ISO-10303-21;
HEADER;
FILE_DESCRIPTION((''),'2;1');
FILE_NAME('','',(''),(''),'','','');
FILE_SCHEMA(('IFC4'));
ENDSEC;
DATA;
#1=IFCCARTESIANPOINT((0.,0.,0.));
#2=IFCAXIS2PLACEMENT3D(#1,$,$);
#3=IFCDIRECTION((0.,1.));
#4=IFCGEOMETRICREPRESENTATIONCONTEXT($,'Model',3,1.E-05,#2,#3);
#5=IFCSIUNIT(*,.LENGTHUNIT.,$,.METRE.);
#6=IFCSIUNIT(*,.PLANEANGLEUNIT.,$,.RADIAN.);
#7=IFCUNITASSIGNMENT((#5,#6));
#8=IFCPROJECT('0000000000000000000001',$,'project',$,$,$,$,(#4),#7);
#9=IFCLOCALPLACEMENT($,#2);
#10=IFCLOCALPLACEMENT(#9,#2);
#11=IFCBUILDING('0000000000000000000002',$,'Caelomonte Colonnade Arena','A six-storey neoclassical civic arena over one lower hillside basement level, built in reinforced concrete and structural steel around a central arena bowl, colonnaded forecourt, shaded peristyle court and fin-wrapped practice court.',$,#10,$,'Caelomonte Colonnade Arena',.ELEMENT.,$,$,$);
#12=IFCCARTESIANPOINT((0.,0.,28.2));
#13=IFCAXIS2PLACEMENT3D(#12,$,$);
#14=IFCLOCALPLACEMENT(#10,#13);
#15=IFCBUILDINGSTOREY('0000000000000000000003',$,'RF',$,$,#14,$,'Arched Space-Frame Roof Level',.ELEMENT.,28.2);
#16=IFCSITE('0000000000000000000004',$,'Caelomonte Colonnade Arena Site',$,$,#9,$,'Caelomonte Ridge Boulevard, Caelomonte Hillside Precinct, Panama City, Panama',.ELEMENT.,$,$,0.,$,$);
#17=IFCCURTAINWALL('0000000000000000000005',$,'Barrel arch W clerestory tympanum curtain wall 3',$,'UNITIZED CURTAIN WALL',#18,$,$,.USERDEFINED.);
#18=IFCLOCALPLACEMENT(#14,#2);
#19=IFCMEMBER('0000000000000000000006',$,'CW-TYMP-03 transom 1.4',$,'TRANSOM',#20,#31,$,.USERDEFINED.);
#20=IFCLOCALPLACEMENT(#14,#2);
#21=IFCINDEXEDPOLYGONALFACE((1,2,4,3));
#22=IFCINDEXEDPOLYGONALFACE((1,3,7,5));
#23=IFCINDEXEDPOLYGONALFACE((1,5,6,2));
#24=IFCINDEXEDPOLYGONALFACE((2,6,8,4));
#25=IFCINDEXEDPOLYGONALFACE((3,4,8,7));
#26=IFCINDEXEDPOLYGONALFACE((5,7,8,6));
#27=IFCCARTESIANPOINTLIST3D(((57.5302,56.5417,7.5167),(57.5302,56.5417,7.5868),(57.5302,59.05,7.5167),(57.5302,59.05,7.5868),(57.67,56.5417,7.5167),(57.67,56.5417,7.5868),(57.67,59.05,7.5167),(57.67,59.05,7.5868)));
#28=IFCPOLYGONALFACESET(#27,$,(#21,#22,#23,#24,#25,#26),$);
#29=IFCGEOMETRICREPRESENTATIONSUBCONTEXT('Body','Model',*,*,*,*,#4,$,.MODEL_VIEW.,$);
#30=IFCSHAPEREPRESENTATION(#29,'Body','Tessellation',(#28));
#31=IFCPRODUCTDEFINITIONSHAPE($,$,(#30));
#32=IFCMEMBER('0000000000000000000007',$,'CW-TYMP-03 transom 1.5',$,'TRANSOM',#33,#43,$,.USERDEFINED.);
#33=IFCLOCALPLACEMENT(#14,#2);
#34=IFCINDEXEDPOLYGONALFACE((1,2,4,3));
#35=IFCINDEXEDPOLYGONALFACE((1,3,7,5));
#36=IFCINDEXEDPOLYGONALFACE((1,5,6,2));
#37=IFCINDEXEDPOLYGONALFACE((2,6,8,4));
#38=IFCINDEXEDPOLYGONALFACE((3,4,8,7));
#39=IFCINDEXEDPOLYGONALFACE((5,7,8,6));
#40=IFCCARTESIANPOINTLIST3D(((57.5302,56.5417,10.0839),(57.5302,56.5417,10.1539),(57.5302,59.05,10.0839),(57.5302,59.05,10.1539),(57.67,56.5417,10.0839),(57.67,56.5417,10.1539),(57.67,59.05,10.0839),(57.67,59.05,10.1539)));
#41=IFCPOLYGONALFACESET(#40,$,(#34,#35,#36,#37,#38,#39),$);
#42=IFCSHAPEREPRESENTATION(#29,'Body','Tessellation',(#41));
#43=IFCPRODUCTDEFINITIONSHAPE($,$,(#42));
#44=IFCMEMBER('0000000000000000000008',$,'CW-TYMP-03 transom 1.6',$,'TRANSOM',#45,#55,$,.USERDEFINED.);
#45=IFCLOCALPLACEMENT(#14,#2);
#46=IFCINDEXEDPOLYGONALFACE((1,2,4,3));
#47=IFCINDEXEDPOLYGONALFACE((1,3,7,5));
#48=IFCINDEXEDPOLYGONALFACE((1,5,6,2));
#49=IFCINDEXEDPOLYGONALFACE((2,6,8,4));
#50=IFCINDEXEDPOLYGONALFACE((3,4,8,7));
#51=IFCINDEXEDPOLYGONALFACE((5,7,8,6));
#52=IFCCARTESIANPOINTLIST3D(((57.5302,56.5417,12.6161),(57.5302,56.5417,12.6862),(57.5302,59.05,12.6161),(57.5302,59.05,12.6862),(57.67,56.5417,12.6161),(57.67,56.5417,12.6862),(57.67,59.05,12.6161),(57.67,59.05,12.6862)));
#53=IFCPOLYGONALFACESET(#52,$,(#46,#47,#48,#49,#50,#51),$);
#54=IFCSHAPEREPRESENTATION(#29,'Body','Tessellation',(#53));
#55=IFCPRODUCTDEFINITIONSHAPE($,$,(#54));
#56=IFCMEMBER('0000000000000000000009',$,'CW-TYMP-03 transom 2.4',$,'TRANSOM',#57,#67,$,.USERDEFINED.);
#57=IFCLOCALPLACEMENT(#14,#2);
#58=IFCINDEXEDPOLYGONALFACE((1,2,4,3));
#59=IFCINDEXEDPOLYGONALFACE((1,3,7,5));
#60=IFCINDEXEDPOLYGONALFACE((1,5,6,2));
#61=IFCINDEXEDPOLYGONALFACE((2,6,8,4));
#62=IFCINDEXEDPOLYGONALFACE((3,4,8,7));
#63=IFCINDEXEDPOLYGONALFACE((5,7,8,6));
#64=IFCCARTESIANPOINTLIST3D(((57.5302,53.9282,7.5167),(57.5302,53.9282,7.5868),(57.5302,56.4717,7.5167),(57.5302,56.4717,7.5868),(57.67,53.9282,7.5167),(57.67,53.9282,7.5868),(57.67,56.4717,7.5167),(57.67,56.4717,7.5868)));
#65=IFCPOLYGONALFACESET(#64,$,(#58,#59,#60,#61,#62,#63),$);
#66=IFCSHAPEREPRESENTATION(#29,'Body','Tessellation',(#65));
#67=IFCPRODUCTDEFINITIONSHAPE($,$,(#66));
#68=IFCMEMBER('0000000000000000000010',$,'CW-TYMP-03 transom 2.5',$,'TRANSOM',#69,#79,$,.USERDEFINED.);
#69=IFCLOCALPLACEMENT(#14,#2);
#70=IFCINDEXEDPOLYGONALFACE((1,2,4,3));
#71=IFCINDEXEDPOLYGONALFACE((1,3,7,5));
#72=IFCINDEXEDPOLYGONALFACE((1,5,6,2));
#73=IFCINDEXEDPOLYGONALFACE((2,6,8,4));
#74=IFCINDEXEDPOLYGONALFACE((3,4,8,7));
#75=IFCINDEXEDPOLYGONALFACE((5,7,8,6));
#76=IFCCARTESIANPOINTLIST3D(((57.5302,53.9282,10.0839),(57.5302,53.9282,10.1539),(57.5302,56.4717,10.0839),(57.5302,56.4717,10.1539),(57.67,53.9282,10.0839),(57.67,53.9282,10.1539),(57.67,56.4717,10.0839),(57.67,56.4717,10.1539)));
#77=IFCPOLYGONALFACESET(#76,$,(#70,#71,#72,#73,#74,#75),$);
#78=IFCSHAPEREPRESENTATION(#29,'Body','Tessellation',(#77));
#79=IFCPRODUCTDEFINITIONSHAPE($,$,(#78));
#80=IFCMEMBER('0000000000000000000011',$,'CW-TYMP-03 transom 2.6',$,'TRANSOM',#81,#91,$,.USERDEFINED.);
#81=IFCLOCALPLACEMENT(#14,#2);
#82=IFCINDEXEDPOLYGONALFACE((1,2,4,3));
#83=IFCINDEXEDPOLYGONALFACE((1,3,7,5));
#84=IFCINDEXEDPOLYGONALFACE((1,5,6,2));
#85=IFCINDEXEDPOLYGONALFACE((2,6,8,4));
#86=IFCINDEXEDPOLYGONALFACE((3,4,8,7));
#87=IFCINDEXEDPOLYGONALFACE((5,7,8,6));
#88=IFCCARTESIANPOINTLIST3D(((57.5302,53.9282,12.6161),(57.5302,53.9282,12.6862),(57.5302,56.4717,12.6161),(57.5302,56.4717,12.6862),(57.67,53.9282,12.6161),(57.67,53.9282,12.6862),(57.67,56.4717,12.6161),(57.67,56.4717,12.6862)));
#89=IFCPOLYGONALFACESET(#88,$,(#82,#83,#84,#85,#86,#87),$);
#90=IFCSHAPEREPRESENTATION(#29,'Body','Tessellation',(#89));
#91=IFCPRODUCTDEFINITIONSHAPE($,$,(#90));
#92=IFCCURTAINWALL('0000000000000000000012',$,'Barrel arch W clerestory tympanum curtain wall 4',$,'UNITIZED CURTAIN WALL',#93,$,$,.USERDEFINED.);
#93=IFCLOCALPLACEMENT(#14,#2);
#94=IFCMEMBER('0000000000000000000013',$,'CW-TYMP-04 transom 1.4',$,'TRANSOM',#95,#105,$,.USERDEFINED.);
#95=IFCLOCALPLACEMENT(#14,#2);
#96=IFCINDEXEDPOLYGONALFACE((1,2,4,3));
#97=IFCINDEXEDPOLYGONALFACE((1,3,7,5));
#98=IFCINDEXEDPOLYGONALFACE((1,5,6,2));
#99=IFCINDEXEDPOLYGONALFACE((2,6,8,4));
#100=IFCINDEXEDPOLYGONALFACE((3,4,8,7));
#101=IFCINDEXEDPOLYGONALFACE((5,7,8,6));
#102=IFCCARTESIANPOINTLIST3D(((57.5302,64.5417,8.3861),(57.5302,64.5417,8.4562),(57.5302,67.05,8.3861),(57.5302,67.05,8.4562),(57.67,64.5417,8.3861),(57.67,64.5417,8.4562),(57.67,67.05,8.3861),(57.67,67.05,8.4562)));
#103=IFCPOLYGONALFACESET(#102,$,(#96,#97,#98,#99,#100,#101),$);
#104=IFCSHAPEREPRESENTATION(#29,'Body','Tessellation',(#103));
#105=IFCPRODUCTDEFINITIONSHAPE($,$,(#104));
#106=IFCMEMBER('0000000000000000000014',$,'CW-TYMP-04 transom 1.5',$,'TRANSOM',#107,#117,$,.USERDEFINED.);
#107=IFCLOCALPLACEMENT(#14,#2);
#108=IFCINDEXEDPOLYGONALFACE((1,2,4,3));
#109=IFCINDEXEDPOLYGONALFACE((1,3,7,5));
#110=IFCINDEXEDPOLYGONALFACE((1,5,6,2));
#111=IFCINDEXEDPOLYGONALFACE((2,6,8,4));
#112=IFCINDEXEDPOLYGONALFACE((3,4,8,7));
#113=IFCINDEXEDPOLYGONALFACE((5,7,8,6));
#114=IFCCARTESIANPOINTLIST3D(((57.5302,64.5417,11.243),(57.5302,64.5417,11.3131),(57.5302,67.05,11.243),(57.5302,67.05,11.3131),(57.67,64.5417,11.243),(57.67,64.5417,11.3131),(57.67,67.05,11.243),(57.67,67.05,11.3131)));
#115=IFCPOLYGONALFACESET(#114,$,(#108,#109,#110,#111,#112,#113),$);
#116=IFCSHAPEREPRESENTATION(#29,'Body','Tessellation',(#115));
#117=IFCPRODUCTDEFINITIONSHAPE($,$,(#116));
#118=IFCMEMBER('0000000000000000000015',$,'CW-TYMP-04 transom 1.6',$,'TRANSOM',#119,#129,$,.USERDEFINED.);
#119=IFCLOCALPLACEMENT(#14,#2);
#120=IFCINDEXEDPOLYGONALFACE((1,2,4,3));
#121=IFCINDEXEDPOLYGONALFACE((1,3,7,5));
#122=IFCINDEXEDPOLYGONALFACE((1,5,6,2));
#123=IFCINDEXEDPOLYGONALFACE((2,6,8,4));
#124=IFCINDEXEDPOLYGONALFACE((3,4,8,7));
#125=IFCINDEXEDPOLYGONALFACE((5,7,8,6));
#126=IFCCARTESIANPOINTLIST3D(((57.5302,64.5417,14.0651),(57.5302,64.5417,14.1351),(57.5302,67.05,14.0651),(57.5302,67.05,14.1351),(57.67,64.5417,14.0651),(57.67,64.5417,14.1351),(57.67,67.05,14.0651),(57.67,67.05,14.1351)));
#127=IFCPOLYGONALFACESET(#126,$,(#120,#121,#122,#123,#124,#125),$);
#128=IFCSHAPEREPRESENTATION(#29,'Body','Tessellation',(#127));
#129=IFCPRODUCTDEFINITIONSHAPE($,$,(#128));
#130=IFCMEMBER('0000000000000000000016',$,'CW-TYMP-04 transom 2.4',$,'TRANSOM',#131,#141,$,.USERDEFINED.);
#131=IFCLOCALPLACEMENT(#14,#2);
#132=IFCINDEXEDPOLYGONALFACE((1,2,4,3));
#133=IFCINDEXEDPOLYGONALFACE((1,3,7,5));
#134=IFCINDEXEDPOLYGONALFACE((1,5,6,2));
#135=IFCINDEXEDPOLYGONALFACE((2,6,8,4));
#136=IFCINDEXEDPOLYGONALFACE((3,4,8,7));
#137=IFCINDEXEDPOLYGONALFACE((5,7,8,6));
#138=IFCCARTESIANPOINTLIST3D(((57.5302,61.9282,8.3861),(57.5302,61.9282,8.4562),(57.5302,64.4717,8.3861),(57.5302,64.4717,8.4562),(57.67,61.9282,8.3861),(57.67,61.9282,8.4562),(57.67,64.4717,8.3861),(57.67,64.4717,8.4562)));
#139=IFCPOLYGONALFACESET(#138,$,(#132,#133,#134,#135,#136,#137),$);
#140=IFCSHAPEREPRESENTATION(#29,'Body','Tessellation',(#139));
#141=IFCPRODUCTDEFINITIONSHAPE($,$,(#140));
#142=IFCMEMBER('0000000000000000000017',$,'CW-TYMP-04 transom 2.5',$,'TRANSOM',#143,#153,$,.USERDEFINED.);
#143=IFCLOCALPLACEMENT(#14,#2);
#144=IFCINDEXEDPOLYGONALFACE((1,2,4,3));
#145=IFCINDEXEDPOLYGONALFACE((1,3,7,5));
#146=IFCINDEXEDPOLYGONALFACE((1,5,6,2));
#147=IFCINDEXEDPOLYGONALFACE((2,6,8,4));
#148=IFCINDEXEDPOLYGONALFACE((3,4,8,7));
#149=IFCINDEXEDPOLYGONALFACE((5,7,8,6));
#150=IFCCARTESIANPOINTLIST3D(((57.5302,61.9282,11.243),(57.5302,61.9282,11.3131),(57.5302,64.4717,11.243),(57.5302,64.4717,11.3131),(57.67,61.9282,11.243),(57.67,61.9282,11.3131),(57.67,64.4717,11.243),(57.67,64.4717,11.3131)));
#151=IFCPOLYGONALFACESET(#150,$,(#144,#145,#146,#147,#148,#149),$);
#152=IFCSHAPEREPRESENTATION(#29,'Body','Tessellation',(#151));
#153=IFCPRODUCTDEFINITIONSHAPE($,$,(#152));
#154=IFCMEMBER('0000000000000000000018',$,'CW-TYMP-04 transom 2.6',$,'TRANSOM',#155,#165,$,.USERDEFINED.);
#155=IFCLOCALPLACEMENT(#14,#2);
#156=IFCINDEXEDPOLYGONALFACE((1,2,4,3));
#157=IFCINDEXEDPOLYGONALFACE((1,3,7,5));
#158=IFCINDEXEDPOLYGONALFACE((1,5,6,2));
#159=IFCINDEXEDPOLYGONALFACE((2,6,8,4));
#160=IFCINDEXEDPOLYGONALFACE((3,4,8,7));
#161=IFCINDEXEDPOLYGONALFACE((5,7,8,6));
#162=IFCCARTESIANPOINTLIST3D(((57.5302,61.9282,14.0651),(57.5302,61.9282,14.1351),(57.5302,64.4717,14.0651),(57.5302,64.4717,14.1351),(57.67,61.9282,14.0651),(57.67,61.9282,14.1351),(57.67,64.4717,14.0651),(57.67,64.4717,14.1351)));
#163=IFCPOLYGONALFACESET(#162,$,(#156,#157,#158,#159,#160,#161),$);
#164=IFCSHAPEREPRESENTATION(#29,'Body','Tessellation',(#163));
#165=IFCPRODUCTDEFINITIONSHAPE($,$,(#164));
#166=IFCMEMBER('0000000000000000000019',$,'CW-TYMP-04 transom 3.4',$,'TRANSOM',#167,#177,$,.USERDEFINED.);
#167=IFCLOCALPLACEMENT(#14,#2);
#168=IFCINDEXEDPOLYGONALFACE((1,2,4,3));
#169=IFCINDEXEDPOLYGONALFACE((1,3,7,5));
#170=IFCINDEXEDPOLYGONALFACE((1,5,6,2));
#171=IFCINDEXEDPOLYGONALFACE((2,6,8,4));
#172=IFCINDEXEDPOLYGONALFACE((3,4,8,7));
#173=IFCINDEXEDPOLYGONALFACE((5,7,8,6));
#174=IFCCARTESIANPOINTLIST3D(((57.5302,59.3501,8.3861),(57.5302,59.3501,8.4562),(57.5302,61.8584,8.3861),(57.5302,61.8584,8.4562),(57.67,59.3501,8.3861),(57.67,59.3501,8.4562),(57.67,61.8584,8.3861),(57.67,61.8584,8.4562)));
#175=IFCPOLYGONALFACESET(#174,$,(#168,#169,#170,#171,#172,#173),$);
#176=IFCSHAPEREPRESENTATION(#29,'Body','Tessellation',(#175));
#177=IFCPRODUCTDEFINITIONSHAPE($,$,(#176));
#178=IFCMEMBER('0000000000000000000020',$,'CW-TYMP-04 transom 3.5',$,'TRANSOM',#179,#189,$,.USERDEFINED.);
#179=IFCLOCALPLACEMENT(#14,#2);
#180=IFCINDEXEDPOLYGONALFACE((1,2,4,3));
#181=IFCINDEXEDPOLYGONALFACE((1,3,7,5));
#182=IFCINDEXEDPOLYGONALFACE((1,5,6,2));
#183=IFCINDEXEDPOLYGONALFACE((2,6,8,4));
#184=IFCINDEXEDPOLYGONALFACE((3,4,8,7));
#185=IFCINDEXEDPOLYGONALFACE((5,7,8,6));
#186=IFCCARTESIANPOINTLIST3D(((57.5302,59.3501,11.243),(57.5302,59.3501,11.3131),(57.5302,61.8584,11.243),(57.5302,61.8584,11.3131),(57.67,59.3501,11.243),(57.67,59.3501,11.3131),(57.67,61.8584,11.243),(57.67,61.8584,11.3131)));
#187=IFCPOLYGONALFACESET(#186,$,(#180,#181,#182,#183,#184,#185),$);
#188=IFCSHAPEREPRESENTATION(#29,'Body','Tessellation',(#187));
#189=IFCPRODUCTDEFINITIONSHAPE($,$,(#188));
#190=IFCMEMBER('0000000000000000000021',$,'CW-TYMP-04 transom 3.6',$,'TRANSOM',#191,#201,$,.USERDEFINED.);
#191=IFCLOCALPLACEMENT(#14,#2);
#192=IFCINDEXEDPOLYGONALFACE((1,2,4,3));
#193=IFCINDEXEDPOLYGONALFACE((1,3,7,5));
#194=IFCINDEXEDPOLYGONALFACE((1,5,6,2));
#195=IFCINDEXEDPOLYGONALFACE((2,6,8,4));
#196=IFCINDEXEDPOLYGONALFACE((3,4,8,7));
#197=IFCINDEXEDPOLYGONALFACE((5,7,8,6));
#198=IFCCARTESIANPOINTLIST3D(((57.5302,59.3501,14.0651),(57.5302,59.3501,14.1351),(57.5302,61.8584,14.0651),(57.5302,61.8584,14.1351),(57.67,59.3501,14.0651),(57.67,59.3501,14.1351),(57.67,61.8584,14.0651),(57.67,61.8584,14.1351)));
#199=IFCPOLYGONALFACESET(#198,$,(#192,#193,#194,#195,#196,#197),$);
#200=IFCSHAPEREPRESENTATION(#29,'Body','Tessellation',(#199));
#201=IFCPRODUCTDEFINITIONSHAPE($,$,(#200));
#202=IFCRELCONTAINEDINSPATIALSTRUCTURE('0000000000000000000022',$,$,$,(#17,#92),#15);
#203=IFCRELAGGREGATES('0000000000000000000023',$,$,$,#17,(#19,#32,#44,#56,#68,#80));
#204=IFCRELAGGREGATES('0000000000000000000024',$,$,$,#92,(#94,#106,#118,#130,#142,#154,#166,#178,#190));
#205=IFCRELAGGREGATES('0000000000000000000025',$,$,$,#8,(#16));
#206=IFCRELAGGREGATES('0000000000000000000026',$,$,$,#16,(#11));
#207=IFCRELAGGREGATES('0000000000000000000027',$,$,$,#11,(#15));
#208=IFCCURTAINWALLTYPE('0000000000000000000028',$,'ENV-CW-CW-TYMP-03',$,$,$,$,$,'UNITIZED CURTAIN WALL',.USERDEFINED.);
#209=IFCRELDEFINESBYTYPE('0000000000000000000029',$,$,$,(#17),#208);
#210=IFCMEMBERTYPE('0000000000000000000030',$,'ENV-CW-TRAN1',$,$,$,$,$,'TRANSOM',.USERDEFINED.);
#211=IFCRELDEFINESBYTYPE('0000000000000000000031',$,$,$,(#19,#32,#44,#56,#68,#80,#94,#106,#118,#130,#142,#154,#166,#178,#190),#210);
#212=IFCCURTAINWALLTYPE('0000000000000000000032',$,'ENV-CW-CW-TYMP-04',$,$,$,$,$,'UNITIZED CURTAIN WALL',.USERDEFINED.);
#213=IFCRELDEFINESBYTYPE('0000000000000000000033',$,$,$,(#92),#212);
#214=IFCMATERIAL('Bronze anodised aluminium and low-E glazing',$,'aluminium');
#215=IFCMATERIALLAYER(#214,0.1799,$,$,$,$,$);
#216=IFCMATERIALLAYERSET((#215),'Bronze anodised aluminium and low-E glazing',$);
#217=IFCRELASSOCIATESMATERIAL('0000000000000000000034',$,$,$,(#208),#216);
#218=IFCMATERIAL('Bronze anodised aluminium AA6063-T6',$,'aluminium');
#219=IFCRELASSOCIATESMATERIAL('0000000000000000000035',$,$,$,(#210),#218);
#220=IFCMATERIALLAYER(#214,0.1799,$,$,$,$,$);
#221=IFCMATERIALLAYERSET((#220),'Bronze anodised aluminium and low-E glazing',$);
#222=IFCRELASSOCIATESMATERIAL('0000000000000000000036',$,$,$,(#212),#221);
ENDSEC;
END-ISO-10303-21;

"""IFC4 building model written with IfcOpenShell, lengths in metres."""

from ifc_helpers import new_model, si_unit, direction, frame, origin, origin_2d, place, context, subcontext, project, spatial, rectangle, extrude, material, layer, layer_set, material_profile, profile_set, type_object, element, aggregate, save


model = new_model("IFC4")

# Units and contexts
model_context = context("Model", 3, precision=1e-05, world=origin(), true_north=direction((0.0, 1.0)))
body_context = subcontext(model_context, "Body", "Model", "MODEL_VIEW")
ifc_project = project(units=[si_unit("LENGTHUNIT", "METRE"), si_unit("PLANEANGLEUNIT", "RADIAN")], contexts=[model_context])

# Site, building, storey
site_placement = place(None, origin())
site = spatial("IfcSite", under=ifc_project, at=site_placement, Name="Caelomonte Colonnade Arena Site", LongName="Caelomonte Ridge Boulevard, Caelomonte Hillside Precinct, Panama City, Panama", CompositionType="ELEMENT", RefElevation=0.0)
building_placement = place(site_placement, origin())
building = spatial("IfcBuilding", under=site, at=building_placement, Name="Caelomonte Colonnade Arena", Description="A six-storey neoclassical civic arena over one lower hillside basement level, built in reinforced concrete and structural steel around a central arena bowl, colonnaded forecourt, shaded peristyle court and fin-wrapped practice court.", LongName="Caelomonte Colonnade Arena", CompositionType="ELEMENT")
storey_placement = place(building_placement, frame((0.0, 0.0, 28.2)))
storey = spatial("IfcBuildingStorey", under=building, at=storey_placement, Name="RF", LongName="Arched Space-Frame Roof Level", CompositionType="ELEMENT", Elevation=28.2)

# Curtain walls, members
ifc_material_1 = material(Name="Bronze anodised aluminium and low-E glazing", Category="aluminium")
ifc_layer_1 = layer(ifc_material_1, 0.1799)
ifc_layer_set_1 = layer_set([ifc_layer_1], Name="Bronze anodised aluminium and low-E glazing")
curtain_wall_type_1 = type_object("IfcCurtainWallType", Name="ENV-CW-CW-TYMP-03", ElementType="UNITIZED CURTAIN WALL", PredefinedType="USERDEFINED", material=ifc_layer_set_1)
curtain_wall_1_placement = place(storey_placement, origin())
curtain_wall_1 = element("IfcCurtainWall", 1, at=curtain_wall_1_placement, inside=storey, type_object=curtain_wall_type_1, Name="Barrel arch W clerestory tympanum curtain wall 3", ObjectType="UNITIZED CURTAIN WALL", PredefinedType="USERDEFINED")
ifc_material_2 = material(Name="Bronze anodised aluminium AA6063-T6", Category="aluminium")
ifc_material_profile_1 = material_profile(ifc_material_2, rectangle(XDim=0.0701, YDim=0.1399, at=origin_2d()), Name="CWT-70X140")
ifc_profile_set_1 = profile_set([ifc_material_profile_1], Name="Bronze anodised aluminium AA6063-T6")
member_type_1 = type_object("IfcMemberType", Name="ENV-CW-TRAN1", ElementType="TRANSOM", PredefinedType="USERDEFINED", material=ifc_profile_set_1)
member_1_placement = place(storey_placement, frame((57.6001, 59.05, 7.5518), z_axis=(0.0, -1.0, 0.0), x_axis=(0.0, 0.0, 1.0)))
member_1 = element("IfcMember", 2, at=member_1_placement, type_object=member_type_1, Name="CW-TYMP-03 transom 1.4", ObjectType="TRANSOM", PredefinedType="USERDEFINED", context=body_context, shape_type="SweptSolid", body=[
    extrude(rectangle(XDim=0.0701, YDim=0.1399, at=origin_2d()), origin(), (0.0, 0.0, 1.0), 2.5083),
])
member_2_placement = place(storey_placement, frame((57.6001, 59.05, 10.1189), z_axis=(0.0, -1.0, 0.0), x_axis=(0.0, 0.0, 1.0)))
member_2 = element("IfcMember", 3, at=member_2_placement, type_object=member_type_1, Name="CW-TYMP-03 transom 1.5", ObjectType="TRANSOM", PredefinedType="USERDEFINED", context=body_context, shape_type="SweptSolid", body=[
    extrude(rectangle(XDim=0.0701, YDim=0.1399, at=origin_2d()), origin(), (0.0, 0.0, 1.0), 2.5083),
])
member_3_placement = place(storey_placement, frame((57.6001, 59.05, 12.6511), z_axis=(0.0, -1.0, 0.0), x_axis=(0.0, 0.0, 1.0)))
member_3 = element("IfcMember", 4, at=member_3_placement, type_object=member_type_1, Name="CW-TYMP-03 transom 1.6", ObjectType="TRANSOM", PredefinedType="USERDEFINED", context=body_context, shape_type="SweptSolid", body=[
    extrude(rectangle(XDim=0.0701, YDim=0.1399, at=origin_2d()), origin(), (0.0, 0.0, 1.0), 2.5083),
])
member_4_placement = place(storey_placement, frame((57.6001, 56.4717, 7.5518), z_axis=(0.0, -1.0, 0.0), x_axis=(0.0, 0.0, 1.0)))
member_4 = element("IfcMember", 5, at=member_4_placement, type_object=member_type_1, Name="CW-TYMP-03 transom 2.4", ObjectType="TRANSOM", PredefinedType="USERDEFINED", context=body_context, shape_type="SweptSolid", body=[
    extrude(rectangle(XDim=0.0701, YDim=0.1399, at=origin_2d()), origin(), (0.0, 0.0, 1.0), 2.5435),
])
member_5_placement = place(storey_placement, frame((57.6001, 56.4717, 10.1189), z_axis=(0.0, -1.0, 0.0), x_axis=(0.0, 0.0, 1.0)))
member_5 = element("IfcMember", 6, at=member_5_placement, type_object=member_type_1, Name="CW-TYMP-03 transom 2.5", ObjectType="TRANSOM", PredefinedType="USERDEFINED", context=body_context, shape_type="SweptSolid", body=[
    extrude(rectangle(XDim=0.0701, YDim=0.1399, at=origin_2d()), origin(), (0.0, 0.0, 1.0), 2.5435),
])
member_6_placement = place(storey_placement, frame((57.6001, 56.4717, 12.6511), z_axis=(0.0, -1.0, 0.0), x_axis=(0.0, 0.0, 1.0)))
member_6 = element("IfcMember", 7, at=member_6_placement, type_object=member_type_1, Name="CW-TYMP-03 transom 2.6", ObjectType="TRANSOM", PredefinedType="USERDEFINED", context=body_context, shape_type="SweptSolid", body=[
    extrude(rectangle(XDim=0.0701, YDim=0.1399, at=origin_2d()), origin(), (0.0, 0.0, 1.0), 2.5435),
])
ifc_layer_2 = layer(ifc_material_1, 0.1799)
ifc_layer_set_2 = layer_set([ifc_layer_2], Name="Bronze anodised aluminium and low-E glazing")
curtain_wall_type_2 = type_object("IfcCurtainWallType", Name="ENV-CW-CW-TYMP-04", ElementType="UNITIZED CURTAIN WALL", PredefinedType="USERDEFINED", material=ifc_layer_set_2)
curtain_wall_2_placement = place(storey_placement, origin())
curtain_wall_2 = element("IfcCurtainWall", 8, at=curtain_wall_2_placement, inside=storey, type_object=curtain_wall_type_2, Name="Barrel arch W clerestory tympanum curtain wall 4", ObjectType="UNITIZED CURTAIN WALL", PredefinedType="USERDEFINED")
member_7_placement = place(storey_placement, frame((57.6001, 67.05, 8.4211), z_axis=(0.0, -1.0, 0.0), x_axis=(0.0, 0.0, 1.0)))
member_7 = element("IfcMember", 9, at=member_7_placement, type_object=member_type_1, Name="CW-TYMP-04 transom 1.4", ObjectType="TRANSOM", PredefinedType="USERDEFINED", context=body_context, shape_type="SweptSolid", body=[
    extrude(rectangle(XDim=0.0701, YDim=0.1399, at=origin_2d()), origin(), (0.0, 0.0, 1.0), 2.5083),
])
member_8_placement = place(storey_placement, frame((57.6001, 67.05, 11.2781), z_axis=(0.0, -1.0, 0.0), x_axis=(0.0, 0.0, 1.0)))
member_8 = element("IfcMember", 10, at=member_8_placement, type_object=member_type_1, Name="CW-TYMP-04 transom 1.5", ObjectType="TRANSOM", PredefinedType="USERDEFINED", context=body_context, shape_type="SweptSolid", body=[
    extrude(rectangle(XDim=0.0701, YDim=0.1399, at=origin_2d()), origin(), (0.0, 0.0, 1.0), 2.5083),
])
member_9_placement = place(storey_placement, frame((57.6001, 67.05, 14.1001), z_axis=(0.0, -1.0, 0.0), x_axis=(0.0, 0.0, 1.0)))
member_9 = element("IfcMember", 11, at=member_9_placement, type_object=member_type_1, Name="CW-TYMP-04 transom 1.6", ObjectType="TRANSOM", PredefinedType="USERDEFINED", context=body_context, shape_type="SweptSolid", body=[
    extrude(rectangle(XDim=0.0701, YDim=0.1399, at=origin_2d()), origin(), (0.0, 0.0, 1.0), 2.5083),
])
member_10_placement = place(storey_placement, frame((57.6001, 64.4717, 8.4211), z_axis=(0.0, -1.0, 0.0), x_axis=(0.0, 0.0, 1.0)))
member_10 = element("IfcMember", 12, at=member_10_placement, type_object=member_type_1, Name="CW-TYMP-04 transom 2.4", ObjectType="TRANSOM", PredefinedType="USERDEFINED", context=body_context, shape_type="SweptSolid", body=[
    extrude(rectangle(XDim=0.0701, YDim=0.1399, at=origin_2d()), origin(), (0.0, 0.0, 1.0), 2.5435),
])
member_11_placement = place(storey_placement, frame((57.6001, 64.4717, 11.2781), z_axis=(0.0, -1.0, 0.0), x_axis=(0.0, 0.0, 1.0)))
member_11 = element("IfcMember", 13, at=member_11_placement, type_object=member_type_1, Name="CW-TYMP-04 transom 2.5", ObjectType="TRANSOM", PredefinedType="USERDEFINED", context=body_context, shape_type="SweptSolid", body=[
    extrude(rectangle(XDim=0.0701, YDim=0.1399, at=origin_2d()), origin(), (0.0, 0.0, 1.0), 2.5435),
])
member_12_placement = place(storey_placement, frame((57.6001, 64.4717, 14.1001), z_axis=(0.0, -1.0, 0.0), x_axis=(0.0, 0.0, 1.0)))
member_12 = element("IfcMember", 14, at=member_12_placement, type_object=member_type_1, Name="CW-TYMP-04 transom 2.6", ObjectType="TRANSOM", PredefinedType="USERDEFINED", context=body_context, shape_type="SweptSolid", body=[
    extrude(rectangle(XDim=0.0701, YDim=0.1399, at=origin_2d()), origin(), (0.0, 0.0, 1.0), 2.5435),
])
member_13_placement = place(storey_placement, frame((57.6001, 61.8584, 8.4211), z_axis=(0.0, -1.0, 0.0), x_axis=(0.0, 0.0, 1.0)))
member_13 = element("IfcMember", 15, at=member_13_placement, type_object=member_type_1, Name="CW-TYMP-04 transom 3.4", ObjectType="TRANSOM", PredefinedType="USERDEFINED", context=body_context, shape_type="SweptSolid", body=[
    extrude(rectangle(XDim=0.0701, YDim=0.1399, at=origin_2d()), origin(), (0.0, 0.0, 1.0), 2.5083),
])
member_14_placement = place(storey_placement, frame((57.6001, 61.8584, 11.2781), z_axis=(0.0, -1.0, 0.0), x_axis=(0.0, 0.0, 1.0)))
member_14 = element("IfcMember", 16, at=member_14_placement, type_object=member_type_1, Name="CW-TYMP-04 transom 3.5", ObjectType="TRANSOM", PredefinedType="USERDEFINED", context=body_context, shape_type="SweptSolid", body=[
    extrude(rectangle(XDim=0.0701, YDim=0.1399, at=origin_2d()), origin(), (0.0, 0.0, 1.0), 2.5083),
])
member_15_placement = place(storey_placement, frame((57.6001, 61.8584, 14.1001), z_axis=(0.0, -1.0, 0.0), x_axis=(0.0, 0.0, 1.0)))
member_15 = element("IfcMember", 17, at=member_15_placement, type_object=member_type_1, Name="CW-TYMP-04 transom 3.6", ObjectType="TRANSOM", PredefinedType="USERDEFINED", context=body_context, shape_type="SweptSolid", body=[
    extrude(rectangle(XDim=0.0701, YDim=0.1399, at=origin_2d()), origin(), (0.0, 0.0, 1.0), 2.5083),
])

aggregate(curtain_wall_1, [member_1, member_2, member_3, member_4, member_5, member_6])
aggregate(curtain_wall_2, [member_7, member_8, member_9, member_10, member_11, member_12, member_13, member_14, member_15])

save(model, "model.ifc")
